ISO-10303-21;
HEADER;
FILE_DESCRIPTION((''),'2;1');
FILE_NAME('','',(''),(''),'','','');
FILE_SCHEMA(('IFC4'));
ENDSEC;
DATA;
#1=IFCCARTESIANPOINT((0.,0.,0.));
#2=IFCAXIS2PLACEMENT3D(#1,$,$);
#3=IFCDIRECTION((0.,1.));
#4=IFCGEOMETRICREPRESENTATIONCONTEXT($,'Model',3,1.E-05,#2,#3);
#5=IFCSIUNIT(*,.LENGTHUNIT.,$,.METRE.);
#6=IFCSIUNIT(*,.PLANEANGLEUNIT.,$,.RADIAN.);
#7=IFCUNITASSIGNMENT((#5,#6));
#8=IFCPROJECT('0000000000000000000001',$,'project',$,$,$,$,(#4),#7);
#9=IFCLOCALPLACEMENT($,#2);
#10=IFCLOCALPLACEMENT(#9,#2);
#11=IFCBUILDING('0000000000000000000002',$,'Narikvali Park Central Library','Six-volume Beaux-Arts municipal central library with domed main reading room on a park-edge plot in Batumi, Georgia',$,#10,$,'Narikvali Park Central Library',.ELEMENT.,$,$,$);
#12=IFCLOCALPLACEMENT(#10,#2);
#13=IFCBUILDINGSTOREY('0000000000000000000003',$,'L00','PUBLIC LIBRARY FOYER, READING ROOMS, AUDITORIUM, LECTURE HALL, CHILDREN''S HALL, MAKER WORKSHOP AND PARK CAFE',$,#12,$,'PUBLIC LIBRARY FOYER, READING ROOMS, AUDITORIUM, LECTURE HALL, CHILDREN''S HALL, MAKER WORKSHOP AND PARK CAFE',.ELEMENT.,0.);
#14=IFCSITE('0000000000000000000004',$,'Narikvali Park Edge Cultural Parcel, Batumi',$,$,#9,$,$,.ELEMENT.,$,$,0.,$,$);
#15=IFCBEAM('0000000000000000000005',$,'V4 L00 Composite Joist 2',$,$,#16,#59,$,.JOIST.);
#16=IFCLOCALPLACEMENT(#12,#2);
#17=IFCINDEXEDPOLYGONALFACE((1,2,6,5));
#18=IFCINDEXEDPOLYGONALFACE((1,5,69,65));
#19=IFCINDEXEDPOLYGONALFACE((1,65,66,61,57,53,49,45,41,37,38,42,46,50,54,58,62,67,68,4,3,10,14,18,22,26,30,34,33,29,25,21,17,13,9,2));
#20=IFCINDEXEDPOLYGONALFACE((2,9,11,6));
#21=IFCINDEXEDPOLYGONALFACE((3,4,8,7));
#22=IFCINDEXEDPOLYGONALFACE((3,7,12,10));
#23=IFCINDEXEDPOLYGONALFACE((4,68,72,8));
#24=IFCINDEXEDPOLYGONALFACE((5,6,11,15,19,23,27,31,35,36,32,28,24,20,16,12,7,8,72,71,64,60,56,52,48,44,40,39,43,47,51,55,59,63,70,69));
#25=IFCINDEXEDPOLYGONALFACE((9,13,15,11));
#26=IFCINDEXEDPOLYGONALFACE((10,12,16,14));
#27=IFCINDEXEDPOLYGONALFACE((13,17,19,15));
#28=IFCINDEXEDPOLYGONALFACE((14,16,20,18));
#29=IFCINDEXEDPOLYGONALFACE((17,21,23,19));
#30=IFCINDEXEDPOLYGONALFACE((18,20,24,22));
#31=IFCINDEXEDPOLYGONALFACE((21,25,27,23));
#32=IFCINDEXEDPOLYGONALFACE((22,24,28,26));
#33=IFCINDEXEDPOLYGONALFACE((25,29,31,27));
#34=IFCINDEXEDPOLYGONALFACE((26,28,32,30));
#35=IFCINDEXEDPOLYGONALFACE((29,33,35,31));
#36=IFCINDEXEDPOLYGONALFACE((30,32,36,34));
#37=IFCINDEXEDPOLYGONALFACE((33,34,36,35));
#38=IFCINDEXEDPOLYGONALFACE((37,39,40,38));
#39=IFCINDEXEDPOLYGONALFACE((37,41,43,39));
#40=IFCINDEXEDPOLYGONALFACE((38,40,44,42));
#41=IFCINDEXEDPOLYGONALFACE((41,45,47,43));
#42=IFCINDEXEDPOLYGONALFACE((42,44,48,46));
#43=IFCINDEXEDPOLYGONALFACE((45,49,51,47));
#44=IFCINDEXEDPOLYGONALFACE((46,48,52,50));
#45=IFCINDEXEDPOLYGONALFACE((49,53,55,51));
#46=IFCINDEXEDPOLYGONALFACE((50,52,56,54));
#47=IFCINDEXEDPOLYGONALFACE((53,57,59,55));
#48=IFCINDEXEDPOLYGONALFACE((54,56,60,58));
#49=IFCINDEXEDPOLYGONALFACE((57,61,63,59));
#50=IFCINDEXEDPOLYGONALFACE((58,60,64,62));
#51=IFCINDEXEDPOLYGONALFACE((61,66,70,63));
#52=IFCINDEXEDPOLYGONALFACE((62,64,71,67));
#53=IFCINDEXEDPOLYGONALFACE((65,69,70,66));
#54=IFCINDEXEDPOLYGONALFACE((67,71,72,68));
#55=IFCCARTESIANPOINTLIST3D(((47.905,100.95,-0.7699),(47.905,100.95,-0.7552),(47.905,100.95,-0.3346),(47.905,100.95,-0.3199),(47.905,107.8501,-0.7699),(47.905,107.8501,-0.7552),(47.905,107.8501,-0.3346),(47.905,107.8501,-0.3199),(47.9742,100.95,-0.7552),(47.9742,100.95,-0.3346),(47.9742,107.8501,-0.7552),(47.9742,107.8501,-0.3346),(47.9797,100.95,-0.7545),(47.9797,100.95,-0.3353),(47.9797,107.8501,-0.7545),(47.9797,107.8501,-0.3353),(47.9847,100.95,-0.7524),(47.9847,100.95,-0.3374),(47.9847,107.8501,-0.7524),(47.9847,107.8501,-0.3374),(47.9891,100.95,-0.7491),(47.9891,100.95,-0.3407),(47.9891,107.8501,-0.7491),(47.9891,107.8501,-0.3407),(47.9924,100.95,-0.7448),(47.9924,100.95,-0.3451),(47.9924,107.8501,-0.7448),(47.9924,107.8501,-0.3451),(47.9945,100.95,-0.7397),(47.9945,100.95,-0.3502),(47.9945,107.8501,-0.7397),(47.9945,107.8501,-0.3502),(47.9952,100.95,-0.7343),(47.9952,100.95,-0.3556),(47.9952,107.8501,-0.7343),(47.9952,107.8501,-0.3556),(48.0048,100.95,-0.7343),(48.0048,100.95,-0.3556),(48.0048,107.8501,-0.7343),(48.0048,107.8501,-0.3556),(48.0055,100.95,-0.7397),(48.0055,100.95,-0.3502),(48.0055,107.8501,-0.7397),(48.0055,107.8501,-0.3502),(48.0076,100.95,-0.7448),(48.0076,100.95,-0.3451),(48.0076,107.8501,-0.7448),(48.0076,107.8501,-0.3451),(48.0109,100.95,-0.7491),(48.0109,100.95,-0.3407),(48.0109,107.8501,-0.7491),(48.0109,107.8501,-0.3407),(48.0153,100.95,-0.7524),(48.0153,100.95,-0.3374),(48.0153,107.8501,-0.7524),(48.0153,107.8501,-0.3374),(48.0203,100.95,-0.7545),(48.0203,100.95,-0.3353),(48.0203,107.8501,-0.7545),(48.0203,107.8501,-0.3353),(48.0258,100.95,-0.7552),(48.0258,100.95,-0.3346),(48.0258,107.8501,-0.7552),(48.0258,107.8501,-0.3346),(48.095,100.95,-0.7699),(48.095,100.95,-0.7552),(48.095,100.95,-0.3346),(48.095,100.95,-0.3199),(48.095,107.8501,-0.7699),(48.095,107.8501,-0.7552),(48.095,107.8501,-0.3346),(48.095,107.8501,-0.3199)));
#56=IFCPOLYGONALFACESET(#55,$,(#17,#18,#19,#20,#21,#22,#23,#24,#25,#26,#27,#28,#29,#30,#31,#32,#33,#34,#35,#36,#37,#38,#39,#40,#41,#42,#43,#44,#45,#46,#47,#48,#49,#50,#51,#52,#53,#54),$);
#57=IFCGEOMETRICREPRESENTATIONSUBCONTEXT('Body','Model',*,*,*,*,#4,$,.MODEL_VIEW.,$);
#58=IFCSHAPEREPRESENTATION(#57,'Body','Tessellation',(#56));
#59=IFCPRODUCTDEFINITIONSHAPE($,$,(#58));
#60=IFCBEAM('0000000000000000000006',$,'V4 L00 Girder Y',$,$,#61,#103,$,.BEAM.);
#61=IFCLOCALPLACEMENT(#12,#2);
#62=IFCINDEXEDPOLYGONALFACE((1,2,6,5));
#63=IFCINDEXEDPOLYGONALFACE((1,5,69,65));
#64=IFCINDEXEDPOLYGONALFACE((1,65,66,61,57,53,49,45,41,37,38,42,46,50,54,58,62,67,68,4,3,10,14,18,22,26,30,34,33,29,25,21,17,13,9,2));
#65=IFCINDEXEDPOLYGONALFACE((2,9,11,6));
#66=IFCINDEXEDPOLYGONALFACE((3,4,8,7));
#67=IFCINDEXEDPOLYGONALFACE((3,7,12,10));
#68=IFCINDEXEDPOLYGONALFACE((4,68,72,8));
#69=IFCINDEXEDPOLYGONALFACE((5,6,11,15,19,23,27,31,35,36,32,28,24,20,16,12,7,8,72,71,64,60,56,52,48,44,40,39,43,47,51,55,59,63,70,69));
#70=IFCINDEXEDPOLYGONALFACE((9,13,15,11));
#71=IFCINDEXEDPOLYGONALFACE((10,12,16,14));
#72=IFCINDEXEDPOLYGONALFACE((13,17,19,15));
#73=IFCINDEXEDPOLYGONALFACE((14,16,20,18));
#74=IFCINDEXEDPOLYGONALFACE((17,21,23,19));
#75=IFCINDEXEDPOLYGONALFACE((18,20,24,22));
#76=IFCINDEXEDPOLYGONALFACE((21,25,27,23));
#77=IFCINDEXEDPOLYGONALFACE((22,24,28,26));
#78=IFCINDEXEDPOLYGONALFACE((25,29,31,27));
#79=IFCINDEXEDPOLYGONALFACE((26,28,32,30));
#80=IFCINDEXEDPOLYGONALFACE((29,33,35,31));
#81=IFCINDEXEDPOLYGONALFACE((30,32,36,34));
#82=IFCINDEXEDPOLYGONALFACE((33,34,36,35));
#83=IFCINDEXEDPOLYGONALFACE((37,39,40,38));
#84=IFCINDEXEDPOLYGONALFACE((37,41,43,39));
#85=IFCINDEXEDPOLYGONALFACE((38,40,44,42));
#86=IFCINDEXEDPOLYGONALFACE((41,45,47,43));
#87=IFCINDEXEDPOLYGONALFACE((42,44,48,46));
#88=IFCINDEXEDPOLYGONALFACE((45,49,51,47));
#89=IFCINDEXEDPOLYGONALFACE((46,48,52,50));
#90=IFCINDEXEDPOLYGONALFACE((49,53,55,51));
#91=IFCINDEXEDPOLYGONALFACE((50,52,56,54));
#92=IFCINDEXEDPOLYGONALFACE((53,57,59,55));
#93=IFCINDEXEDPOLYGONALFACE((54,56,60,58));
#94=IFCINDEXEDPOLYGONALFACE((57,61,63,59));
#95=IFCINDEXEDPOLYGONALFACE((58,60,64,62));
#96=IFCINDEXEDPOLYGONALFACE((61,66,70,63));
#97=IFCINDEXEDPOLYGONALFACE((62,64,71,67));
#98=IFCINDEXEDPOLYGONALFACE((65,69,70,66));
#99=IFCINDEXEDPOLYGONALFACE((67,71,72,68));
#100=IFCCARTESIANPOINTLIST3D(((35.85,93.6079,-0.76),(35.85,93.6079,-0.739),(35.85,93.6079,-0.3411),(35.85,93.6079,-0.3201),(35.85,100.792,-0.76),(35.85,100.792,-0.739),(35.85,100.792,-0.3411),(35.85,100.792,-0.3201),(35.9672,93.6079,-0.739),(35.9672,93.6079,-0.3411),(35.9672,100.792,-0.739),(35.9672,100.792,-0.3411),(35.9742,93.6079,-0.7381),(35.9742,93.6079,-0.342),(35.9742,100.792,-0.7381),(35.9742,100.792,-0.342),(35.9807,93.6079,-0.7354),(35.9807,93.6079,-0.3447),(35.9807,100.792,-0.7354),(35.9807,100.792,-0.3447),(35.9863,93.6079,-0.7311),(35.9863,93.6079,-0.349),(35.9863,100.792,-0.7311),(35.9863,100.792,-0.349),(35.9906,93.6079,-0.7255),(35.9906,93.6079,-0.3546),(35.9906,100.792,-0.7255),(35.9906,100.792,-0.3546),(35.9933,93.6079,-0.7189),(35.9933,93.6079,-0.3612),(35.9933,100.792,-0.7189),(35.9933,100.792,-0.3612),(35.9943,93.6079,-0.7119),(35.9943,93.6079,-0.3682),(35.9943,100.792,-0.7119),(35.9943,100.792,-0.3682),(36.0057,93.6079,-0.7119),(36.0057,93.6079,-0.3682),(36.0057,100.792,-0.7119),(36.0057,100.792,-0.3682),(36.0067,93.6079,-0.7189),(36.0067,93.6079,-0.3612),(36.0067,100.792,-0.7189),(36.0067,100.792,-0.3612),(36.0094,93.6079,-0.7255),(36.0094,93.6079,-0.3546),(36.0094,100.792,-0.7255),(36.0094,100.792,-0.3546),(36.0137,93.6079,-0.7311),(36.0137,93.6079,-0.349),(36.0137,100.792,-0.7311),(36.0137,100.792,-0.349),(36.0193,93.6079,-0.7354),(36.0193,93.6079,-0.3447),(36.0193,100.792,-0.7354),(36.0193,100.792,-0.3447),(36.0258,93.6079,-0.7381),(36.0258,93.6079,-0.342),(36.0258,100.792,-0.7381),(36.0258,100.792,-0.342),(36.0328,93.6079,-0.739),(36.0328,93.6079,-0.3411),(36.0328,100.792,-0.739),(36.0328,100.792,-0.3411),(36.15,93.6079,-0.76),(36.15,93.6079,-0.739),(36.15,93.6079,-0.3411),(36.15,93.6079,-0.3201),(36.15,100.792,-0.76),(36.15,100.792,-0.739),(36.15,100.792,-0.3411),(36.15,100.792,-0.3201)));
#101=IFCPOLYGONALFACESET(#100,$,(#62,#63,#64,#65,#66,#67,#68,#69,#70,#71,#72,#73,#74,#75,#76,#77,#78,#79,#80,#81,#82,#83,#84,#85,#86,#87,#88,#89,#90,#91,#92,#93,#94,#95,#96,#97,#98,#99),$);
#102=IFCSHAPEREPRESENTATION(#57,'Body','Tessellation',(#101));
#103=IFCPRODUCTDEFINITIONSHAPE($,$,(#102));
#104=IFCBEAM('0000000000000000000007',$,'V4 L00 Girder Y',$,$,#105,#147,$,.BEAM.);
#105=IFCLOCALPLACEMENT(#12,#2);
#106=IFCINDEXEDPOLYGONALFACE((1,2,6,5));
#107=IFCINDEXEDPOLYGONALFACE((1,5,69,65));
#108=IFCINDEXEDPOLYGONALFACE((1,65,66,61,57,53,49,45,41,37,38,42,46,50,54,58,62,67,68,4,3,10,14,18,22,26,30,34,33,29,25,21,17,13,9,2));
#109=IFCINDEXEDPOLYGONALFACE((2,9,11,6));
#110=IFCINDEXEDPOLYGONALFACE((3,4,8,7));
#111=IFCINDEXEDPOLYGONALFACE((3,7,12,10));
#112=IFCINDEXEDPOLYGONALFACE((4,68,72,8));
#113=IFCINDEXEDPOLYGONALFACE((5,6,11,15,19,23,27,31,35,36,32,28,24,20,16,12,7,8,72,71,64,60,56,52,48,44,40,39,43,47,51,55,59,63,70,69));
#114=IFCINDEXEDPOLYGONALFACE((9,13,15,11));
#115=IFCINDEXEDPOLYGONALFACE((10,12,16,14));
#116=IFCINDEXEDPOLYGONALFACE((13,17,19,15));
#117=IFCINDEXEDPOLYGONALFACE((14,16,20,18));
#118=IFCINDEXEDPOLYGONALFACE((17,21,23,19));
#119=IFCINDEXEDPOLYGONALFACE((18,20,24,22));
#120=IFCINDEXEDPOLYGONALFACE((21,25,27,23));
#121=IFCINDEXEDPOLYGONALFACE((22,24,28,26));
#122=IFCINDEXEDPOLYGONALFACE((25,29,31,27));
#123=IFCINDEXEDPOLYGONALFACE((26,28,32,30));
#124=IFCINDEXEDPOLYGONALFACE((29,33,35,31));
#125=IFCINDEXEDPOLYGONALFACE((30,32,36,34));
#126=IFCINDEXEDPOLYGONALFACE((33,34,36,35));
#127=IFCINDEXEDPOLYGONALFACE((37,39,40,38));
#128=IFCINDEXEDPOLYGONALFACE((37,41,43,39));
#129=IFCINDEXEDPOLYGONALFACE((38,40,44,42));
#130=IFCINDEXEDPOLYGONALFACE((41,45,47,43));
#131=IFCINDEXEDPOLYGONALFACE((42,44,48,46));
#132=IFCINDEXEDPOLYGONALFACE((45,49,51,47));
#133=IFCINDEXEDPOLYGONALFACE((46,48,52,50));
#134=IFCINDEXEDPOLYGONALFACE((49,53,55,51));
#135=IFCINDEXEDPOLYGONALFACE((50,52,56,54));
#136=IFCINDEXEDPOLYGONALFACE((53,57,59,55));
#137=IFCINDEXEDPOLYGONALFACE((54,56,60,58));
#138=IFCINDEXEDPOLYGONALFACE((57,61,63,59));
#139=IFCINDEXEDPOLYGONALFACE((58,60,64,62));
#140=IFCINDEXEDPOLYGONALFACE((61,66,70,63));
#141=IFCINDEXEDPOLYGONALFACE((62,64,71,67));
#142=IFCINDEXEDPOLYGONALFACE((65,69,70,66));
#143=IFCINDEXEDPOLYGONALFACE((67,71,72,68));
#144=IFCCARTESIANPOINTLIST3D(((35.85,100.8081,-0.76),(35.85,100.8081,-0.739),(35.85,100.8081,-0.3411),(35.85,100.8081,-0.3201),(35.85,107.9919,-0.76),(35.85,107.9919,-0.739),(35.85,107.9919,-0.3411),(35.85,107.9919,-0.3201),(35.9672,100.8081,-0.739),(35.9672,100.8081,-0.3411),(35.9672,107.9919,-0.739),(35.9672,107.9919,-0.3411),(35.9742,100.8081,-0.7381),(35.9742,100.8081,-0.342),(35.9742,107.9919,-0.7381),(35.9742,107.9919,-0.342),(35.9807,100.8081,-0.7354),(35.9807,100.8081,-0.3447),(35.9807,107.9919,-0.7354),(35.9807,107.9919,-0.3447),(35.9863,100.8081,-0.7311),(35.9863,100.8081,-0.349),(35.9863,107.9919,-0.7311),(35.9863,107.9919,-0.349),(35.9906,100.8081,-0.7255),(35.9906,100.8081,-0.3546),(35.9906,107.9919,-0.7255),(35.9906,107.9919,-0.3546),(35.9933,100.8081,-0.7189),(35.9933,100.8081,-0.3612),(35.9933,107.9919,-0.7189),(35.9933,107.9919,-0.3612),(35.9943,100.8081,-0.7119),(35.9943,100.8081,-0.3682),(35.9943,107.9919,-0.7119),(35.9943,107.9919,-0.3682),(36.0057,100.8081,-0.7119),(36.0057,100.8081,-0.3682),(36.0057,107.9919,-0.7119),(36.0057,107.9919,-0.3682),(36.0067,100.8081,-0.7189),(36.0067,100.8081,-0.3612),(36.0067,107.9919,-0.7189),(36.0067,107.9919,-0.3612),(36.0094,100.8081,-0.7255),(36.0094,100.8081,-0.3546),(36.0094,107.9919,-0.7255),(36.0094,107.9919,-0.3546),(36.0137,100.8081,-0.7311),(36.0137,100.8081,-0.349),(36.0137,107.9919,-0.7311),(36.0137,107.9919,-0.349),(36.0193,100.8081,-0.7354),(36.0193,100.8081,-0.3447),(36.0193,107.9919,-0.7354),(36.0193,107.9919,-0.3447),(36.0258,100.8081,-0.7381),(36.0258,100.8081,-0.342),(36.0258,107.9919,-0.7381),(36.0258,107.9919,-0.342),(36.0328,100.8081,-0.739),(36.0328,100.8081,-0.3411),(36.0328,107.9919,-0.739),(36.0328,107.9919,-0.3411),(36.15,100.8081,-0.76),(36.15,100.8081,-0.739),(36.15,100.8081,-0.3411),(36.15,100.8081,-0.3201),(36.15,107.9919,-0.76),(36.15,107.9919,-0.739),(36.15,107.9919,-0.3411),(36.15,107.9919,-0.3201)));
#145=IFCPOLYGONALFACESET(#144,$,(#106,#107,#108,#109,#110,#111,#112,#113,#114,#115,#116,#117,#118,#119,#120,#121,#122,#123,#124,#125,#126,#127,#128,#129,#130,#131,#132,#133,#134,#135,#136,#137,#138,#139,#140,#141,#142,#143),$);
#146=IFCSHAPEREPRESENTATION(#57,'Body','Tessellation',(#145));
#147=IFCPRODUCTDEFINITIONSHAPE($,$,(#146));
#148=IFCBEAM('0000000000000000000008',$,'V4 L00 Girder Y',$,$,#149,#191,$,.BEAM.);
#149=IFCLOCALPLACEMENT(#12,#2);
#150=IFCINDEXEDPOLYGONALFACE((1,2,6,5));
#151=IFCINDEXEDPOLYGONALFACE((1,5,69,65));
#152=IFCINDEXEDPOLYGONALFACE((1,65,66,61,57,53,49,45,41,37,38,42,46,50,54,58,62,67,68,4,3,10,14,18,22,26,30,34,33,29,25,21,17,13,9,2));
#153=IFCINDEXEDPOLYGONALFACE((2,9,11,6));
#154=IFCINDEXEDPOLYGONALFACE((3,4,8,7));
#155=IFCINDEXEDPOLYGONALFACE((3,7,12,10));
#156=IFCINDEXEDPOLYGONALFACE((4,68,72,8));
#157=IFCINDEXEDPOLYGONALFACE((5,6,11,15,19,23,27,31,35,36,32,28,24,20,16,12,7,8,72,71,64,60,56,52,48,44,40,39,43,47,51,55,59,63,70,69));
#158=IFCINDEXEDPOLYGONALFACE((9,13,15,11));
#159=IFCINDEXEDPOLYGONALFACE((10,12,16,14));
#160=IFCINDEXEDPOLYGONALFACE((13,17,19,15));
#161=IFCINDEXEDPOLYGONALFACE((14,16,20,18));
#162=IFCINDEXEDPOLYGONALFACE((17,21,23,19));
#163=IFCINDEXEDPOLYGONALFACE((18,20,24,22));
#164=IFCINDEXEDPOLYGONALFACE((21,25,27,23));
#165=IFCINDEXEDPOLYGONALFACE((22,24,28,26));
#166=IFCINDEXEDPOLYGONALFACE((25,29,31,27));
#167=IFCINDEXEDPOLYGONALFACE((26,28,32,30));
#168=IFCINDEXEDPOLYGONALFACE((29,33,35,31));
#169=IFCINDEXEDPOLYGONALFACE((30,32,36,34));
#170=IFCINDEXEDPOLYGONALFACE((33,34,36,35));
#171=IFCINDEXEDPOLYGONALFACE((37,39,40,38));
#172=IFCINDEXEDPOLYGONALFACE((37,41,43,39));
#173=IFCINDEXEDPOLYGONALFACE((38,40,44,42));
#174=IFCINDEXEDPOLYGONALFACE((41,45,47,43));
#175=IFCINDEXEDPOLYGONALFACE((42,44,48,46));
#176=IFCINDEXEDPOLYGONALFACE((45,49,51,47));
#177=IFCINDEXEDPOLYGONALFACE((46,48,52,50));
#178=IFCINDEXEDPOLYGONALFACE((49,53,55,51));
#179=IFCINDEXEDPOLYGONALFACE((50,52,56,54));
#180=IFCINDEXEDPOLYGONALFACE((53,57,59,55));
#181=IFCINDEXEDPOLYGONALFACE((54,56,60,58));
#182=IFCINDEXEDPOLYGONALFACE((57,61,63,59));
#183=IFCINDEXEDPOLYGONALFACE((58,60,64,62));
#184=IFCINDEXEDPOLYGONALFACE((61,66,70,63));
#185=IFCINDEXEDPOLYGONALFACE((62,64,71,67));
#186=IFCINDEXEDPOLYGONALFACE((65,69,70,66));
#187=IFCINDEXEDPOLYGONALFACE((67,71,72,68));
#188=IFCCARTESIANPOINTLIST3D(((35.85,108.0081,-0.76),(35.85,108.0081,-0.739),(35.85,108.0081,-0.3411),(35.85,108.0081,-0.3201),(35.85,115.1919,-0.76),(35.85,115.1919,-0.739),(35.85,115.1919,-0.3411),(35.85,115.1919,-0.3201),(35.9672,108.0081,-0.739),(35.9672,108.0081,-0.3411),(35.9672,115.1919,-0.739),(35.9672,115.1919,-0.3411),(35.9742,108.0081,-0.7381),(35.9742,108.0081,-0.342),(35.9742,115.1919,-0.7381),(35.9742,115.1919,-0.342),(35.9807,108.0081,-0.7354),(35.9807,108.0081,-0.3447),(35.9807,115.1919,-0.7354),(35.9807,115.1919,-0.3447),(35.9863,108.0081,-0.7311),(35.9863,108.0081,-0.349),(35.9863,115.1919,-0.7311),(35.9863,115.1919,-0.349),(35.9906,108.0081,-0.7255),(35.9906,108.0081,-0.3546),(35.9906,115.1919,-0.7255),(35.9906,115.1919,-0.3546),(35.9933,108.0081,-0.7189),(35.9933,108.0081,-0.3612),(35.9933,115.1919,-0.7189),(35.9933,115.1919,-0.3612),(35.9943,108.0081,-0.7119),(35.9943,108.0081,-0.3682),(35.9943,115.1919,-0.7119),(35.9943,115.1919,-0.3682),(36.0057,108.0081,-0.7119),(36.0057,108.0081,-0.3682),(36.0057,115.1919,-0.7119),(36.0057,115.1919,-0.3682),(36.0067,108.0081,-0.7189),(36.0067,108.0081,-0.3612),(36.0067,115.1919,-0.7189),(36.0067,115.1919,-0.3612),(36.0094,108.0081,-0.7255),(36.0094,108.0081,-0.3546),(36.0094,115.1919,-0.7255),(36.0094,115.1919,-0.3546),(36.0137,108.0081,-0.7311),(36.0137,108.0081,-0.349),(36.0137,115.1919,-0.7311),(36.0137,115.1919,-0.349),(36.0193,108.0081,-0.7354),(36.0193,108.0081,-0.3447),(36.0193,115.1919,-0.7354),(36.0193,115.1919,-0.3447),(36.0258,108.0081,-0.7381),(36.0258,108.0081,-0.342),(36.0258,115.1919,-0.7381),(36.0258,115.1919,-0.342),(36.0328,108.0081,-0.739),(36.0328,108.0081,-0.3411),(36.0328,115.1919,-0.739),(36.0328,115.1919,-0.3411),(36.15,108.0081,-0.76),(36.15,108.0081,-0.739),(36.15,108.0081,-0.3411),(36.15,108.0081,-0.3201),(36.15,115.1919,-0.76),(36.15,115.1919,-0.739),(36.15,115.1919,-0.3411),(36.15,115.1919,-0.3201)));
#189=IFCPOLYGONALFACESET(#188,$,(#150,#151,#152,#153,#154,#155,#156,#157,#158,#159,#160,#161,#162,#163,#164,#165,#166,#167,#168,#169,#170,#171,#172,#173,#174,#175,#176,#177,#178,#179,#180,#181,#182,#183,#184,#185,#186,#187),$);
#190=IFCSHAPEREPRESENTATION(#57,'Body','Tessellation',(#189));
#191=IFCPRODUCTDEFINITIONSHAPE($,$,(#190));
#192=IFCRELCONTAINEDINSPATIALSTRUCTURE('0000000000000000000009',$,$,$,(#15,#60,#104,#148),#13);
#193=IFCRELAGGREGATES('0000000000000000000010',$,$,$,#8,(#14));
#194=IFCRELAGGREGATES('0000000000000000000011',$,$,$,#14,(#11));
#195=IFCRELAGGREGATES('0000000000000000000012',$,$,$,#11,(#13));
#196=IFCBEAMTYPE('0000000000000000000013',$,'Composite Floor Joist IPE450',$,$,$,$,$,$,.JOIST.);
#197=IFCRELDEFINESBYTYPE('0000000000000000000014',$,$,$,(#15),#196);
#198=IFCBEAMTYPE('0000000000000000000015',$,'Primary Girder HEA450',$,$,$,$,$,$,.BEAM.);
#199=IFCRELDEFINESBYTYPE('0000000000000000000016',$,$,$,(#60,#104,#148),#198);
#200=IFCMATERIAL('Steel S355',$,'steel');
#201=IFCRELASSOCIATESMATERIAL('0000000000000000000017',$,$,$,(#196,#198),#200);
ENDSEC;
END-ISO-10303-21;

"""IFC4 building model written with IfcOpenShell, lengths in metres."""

from ifc_helpers import new_model, si_unit, direction, frame, origin, origin_2d, place, context, subcontext, project, spatial, i_section, extrude, material, material_profile, profile_set, type_object, element, save


model = new_model("IFC4")

# Units and contexts
model_context = context("Model", 3, precision=1e-05, world=origin(), true_north=direction((0.0, 1.0)))
body_context = subcontext(model_context, "Body", "Model", "MODEL_VIEW")
ifc_project = project(units=[si_unit("LENGTHUNIT", "METRE"), si_unit("PLANEANGLEUNIT", "RADIAN")], contexts=[model_context])

# Site, building, storey
site_placement = place(None, origin())
site = spatial("IfcSite", under=ifc_project, at=site_placement, Name="Narikvali Park Edge Cultural Parcel, Batumi", CompositionType="ELEMENT", RefElevation=0.0)
building_placement = place(site_placement, origin())
building = spatial("IfcBuilding", under=site, at=building_placement, Name="Narikvali Park Central Library", Description="Six-volume Beaux-Arts municipal central library with domed main reading room on a park-edge plot in Batumi, Georgia", LongName="Narikvali Park Central Library", CompositionType="ELEMENT")
storey_placement = place(building_placement, origin())
storey = spatial("IfcBuildingStorey", under=building, at=storey_placement, Name="L00", Description="PUBLIC LIBRARY FOYER, READING ROOMS, AUDITORIUM, LECTURE HALL, CHILDREN'S HALL, MAKER WORKSHOP AND PARK CAFE", LongName="PUBLIC LIBRARY FOYER, READING ROOMS, AUDITORIUM, LECTURE HALL, CHILDREN'S HALL, MAKER WORKSHOP AND PARK CAFE", CompositionType="ELEMENT", Elevation=0.0)

# Shared definitions
ifc_material = material(Name="Steel S355", Category="steel")

# Beams
ifc_material_profile_1 = material_profile(ifc_material, i_section(OverallWidth=0.1899, OverallDepth=0.45, WebThickness=0.0095, FlangeThickness=0.0146, FilletRadius=0.021, at=origin_2d()), Name="IPE 450")
ifc_profile_set_1 = profile_set([ifc_material_profile_1], Name="Steel S355")
beam_type_1 = type_object("IfcBeamType", Name="Composite Floor Joist IPE450", PredefinedType="JOIST", material=ifc_profile_set_1)
for number, where, z_axis, x_axis, name in (
    (1, (48.0, 100.95, -0.5449), (0.0, 1.0, 0.0), (-1.0, 0.0, 0.0), "V4 L00 Composite Joist 2"),
):
    element("IfcBeam", number, at=place(storey_placement, frame(where, z_axis=z_axis, x_axis=x_axis)), inside=storey, type_object=beam_type_1, Name=name, PredefinedType="JOIST", context=body_context, shape_type="SweptSolid", body=[
        extrude(i_section(OverallWidth=0.1899, OverallDepth=0.45, WebThickness=0.0095, FlangeThickness=0.0146, FilletRadius=0.021, at=origin_2d()), origin(), (0.0, 0.0, 1.0), 6.9001),
    ])
ifc_material_profile_2 = material_profile(ifc_material, i_section(OverallWidth=0.3, OverallDepth=0.4399, WebThickness=0.0115, FlangeThickness=0.021, FilletRadius=0.0271, at=origin_2d()), Name="HEA 450")
ifc_profile_set_2 = profile_set([ifc_material_profile_2], Name="Steel S355")
beam_type_2 = type_object("IfcBeamType", Name="Primary Girder HEA450", PredefinedType="BEAM", material=ifc_profile_set_2)
beam_1_placement = place(storey_placement, frame((36.0, 93.6079, -0.54), z_axis=(0.0, 1.0, 0.0), x_axis=(-1.0, 0.0, 0.0)))
element("IfcBeam", 2, at=beam_1_placement, inside=storey, type_object=beam_type_2, Name="V4 L00 Girder Y", PredefinedType="BEAM", context=body_context, shape_type="SweptSolid", body=[
    extrude(i_section(OverallWidth=0.3, OverallDepth=0.4399, WebThickness=0.0115, FlangeThickness=0.021, FilletRadius=0.0271, at=origin_2d()), origin(), (0.0, 0.0, 1.0), 7.1841),
])
for number, where, z_axis, x_axis, name in (
    (3, (36.0, 100.8081, -0.54), (0.0, 1.0, 0.0), (-1.0, 0.0, 0.0), "V4 L00 Girder Y"),
    (4, (36.0, 108.0081, -0.54), (0.0, 1.0, 0.0), (-1.0, 0.0, 0.0), "V4 L00 Girder Y"),
):
    element("IfcBeam", number, at=place(storey_placement, frame(where, z_axis=z_axis, x_axis=x_axis)), inside=storey, type_object=beam_type_2, Name=name, PredefinedType="BEAM", context=body_context, shape_type="SweptSolid", body=[
        extrude(i_section(OverallWidth=0.3, OverallDepth=0.4399, WebThickness=0.0115, FlangeThickness=0.021, FilletRadius=0.0271, at=origin_2d()), origin(), (0.0, 0.0, 1.0), 7.1838),
    ])

save(model, "model.ifc")
